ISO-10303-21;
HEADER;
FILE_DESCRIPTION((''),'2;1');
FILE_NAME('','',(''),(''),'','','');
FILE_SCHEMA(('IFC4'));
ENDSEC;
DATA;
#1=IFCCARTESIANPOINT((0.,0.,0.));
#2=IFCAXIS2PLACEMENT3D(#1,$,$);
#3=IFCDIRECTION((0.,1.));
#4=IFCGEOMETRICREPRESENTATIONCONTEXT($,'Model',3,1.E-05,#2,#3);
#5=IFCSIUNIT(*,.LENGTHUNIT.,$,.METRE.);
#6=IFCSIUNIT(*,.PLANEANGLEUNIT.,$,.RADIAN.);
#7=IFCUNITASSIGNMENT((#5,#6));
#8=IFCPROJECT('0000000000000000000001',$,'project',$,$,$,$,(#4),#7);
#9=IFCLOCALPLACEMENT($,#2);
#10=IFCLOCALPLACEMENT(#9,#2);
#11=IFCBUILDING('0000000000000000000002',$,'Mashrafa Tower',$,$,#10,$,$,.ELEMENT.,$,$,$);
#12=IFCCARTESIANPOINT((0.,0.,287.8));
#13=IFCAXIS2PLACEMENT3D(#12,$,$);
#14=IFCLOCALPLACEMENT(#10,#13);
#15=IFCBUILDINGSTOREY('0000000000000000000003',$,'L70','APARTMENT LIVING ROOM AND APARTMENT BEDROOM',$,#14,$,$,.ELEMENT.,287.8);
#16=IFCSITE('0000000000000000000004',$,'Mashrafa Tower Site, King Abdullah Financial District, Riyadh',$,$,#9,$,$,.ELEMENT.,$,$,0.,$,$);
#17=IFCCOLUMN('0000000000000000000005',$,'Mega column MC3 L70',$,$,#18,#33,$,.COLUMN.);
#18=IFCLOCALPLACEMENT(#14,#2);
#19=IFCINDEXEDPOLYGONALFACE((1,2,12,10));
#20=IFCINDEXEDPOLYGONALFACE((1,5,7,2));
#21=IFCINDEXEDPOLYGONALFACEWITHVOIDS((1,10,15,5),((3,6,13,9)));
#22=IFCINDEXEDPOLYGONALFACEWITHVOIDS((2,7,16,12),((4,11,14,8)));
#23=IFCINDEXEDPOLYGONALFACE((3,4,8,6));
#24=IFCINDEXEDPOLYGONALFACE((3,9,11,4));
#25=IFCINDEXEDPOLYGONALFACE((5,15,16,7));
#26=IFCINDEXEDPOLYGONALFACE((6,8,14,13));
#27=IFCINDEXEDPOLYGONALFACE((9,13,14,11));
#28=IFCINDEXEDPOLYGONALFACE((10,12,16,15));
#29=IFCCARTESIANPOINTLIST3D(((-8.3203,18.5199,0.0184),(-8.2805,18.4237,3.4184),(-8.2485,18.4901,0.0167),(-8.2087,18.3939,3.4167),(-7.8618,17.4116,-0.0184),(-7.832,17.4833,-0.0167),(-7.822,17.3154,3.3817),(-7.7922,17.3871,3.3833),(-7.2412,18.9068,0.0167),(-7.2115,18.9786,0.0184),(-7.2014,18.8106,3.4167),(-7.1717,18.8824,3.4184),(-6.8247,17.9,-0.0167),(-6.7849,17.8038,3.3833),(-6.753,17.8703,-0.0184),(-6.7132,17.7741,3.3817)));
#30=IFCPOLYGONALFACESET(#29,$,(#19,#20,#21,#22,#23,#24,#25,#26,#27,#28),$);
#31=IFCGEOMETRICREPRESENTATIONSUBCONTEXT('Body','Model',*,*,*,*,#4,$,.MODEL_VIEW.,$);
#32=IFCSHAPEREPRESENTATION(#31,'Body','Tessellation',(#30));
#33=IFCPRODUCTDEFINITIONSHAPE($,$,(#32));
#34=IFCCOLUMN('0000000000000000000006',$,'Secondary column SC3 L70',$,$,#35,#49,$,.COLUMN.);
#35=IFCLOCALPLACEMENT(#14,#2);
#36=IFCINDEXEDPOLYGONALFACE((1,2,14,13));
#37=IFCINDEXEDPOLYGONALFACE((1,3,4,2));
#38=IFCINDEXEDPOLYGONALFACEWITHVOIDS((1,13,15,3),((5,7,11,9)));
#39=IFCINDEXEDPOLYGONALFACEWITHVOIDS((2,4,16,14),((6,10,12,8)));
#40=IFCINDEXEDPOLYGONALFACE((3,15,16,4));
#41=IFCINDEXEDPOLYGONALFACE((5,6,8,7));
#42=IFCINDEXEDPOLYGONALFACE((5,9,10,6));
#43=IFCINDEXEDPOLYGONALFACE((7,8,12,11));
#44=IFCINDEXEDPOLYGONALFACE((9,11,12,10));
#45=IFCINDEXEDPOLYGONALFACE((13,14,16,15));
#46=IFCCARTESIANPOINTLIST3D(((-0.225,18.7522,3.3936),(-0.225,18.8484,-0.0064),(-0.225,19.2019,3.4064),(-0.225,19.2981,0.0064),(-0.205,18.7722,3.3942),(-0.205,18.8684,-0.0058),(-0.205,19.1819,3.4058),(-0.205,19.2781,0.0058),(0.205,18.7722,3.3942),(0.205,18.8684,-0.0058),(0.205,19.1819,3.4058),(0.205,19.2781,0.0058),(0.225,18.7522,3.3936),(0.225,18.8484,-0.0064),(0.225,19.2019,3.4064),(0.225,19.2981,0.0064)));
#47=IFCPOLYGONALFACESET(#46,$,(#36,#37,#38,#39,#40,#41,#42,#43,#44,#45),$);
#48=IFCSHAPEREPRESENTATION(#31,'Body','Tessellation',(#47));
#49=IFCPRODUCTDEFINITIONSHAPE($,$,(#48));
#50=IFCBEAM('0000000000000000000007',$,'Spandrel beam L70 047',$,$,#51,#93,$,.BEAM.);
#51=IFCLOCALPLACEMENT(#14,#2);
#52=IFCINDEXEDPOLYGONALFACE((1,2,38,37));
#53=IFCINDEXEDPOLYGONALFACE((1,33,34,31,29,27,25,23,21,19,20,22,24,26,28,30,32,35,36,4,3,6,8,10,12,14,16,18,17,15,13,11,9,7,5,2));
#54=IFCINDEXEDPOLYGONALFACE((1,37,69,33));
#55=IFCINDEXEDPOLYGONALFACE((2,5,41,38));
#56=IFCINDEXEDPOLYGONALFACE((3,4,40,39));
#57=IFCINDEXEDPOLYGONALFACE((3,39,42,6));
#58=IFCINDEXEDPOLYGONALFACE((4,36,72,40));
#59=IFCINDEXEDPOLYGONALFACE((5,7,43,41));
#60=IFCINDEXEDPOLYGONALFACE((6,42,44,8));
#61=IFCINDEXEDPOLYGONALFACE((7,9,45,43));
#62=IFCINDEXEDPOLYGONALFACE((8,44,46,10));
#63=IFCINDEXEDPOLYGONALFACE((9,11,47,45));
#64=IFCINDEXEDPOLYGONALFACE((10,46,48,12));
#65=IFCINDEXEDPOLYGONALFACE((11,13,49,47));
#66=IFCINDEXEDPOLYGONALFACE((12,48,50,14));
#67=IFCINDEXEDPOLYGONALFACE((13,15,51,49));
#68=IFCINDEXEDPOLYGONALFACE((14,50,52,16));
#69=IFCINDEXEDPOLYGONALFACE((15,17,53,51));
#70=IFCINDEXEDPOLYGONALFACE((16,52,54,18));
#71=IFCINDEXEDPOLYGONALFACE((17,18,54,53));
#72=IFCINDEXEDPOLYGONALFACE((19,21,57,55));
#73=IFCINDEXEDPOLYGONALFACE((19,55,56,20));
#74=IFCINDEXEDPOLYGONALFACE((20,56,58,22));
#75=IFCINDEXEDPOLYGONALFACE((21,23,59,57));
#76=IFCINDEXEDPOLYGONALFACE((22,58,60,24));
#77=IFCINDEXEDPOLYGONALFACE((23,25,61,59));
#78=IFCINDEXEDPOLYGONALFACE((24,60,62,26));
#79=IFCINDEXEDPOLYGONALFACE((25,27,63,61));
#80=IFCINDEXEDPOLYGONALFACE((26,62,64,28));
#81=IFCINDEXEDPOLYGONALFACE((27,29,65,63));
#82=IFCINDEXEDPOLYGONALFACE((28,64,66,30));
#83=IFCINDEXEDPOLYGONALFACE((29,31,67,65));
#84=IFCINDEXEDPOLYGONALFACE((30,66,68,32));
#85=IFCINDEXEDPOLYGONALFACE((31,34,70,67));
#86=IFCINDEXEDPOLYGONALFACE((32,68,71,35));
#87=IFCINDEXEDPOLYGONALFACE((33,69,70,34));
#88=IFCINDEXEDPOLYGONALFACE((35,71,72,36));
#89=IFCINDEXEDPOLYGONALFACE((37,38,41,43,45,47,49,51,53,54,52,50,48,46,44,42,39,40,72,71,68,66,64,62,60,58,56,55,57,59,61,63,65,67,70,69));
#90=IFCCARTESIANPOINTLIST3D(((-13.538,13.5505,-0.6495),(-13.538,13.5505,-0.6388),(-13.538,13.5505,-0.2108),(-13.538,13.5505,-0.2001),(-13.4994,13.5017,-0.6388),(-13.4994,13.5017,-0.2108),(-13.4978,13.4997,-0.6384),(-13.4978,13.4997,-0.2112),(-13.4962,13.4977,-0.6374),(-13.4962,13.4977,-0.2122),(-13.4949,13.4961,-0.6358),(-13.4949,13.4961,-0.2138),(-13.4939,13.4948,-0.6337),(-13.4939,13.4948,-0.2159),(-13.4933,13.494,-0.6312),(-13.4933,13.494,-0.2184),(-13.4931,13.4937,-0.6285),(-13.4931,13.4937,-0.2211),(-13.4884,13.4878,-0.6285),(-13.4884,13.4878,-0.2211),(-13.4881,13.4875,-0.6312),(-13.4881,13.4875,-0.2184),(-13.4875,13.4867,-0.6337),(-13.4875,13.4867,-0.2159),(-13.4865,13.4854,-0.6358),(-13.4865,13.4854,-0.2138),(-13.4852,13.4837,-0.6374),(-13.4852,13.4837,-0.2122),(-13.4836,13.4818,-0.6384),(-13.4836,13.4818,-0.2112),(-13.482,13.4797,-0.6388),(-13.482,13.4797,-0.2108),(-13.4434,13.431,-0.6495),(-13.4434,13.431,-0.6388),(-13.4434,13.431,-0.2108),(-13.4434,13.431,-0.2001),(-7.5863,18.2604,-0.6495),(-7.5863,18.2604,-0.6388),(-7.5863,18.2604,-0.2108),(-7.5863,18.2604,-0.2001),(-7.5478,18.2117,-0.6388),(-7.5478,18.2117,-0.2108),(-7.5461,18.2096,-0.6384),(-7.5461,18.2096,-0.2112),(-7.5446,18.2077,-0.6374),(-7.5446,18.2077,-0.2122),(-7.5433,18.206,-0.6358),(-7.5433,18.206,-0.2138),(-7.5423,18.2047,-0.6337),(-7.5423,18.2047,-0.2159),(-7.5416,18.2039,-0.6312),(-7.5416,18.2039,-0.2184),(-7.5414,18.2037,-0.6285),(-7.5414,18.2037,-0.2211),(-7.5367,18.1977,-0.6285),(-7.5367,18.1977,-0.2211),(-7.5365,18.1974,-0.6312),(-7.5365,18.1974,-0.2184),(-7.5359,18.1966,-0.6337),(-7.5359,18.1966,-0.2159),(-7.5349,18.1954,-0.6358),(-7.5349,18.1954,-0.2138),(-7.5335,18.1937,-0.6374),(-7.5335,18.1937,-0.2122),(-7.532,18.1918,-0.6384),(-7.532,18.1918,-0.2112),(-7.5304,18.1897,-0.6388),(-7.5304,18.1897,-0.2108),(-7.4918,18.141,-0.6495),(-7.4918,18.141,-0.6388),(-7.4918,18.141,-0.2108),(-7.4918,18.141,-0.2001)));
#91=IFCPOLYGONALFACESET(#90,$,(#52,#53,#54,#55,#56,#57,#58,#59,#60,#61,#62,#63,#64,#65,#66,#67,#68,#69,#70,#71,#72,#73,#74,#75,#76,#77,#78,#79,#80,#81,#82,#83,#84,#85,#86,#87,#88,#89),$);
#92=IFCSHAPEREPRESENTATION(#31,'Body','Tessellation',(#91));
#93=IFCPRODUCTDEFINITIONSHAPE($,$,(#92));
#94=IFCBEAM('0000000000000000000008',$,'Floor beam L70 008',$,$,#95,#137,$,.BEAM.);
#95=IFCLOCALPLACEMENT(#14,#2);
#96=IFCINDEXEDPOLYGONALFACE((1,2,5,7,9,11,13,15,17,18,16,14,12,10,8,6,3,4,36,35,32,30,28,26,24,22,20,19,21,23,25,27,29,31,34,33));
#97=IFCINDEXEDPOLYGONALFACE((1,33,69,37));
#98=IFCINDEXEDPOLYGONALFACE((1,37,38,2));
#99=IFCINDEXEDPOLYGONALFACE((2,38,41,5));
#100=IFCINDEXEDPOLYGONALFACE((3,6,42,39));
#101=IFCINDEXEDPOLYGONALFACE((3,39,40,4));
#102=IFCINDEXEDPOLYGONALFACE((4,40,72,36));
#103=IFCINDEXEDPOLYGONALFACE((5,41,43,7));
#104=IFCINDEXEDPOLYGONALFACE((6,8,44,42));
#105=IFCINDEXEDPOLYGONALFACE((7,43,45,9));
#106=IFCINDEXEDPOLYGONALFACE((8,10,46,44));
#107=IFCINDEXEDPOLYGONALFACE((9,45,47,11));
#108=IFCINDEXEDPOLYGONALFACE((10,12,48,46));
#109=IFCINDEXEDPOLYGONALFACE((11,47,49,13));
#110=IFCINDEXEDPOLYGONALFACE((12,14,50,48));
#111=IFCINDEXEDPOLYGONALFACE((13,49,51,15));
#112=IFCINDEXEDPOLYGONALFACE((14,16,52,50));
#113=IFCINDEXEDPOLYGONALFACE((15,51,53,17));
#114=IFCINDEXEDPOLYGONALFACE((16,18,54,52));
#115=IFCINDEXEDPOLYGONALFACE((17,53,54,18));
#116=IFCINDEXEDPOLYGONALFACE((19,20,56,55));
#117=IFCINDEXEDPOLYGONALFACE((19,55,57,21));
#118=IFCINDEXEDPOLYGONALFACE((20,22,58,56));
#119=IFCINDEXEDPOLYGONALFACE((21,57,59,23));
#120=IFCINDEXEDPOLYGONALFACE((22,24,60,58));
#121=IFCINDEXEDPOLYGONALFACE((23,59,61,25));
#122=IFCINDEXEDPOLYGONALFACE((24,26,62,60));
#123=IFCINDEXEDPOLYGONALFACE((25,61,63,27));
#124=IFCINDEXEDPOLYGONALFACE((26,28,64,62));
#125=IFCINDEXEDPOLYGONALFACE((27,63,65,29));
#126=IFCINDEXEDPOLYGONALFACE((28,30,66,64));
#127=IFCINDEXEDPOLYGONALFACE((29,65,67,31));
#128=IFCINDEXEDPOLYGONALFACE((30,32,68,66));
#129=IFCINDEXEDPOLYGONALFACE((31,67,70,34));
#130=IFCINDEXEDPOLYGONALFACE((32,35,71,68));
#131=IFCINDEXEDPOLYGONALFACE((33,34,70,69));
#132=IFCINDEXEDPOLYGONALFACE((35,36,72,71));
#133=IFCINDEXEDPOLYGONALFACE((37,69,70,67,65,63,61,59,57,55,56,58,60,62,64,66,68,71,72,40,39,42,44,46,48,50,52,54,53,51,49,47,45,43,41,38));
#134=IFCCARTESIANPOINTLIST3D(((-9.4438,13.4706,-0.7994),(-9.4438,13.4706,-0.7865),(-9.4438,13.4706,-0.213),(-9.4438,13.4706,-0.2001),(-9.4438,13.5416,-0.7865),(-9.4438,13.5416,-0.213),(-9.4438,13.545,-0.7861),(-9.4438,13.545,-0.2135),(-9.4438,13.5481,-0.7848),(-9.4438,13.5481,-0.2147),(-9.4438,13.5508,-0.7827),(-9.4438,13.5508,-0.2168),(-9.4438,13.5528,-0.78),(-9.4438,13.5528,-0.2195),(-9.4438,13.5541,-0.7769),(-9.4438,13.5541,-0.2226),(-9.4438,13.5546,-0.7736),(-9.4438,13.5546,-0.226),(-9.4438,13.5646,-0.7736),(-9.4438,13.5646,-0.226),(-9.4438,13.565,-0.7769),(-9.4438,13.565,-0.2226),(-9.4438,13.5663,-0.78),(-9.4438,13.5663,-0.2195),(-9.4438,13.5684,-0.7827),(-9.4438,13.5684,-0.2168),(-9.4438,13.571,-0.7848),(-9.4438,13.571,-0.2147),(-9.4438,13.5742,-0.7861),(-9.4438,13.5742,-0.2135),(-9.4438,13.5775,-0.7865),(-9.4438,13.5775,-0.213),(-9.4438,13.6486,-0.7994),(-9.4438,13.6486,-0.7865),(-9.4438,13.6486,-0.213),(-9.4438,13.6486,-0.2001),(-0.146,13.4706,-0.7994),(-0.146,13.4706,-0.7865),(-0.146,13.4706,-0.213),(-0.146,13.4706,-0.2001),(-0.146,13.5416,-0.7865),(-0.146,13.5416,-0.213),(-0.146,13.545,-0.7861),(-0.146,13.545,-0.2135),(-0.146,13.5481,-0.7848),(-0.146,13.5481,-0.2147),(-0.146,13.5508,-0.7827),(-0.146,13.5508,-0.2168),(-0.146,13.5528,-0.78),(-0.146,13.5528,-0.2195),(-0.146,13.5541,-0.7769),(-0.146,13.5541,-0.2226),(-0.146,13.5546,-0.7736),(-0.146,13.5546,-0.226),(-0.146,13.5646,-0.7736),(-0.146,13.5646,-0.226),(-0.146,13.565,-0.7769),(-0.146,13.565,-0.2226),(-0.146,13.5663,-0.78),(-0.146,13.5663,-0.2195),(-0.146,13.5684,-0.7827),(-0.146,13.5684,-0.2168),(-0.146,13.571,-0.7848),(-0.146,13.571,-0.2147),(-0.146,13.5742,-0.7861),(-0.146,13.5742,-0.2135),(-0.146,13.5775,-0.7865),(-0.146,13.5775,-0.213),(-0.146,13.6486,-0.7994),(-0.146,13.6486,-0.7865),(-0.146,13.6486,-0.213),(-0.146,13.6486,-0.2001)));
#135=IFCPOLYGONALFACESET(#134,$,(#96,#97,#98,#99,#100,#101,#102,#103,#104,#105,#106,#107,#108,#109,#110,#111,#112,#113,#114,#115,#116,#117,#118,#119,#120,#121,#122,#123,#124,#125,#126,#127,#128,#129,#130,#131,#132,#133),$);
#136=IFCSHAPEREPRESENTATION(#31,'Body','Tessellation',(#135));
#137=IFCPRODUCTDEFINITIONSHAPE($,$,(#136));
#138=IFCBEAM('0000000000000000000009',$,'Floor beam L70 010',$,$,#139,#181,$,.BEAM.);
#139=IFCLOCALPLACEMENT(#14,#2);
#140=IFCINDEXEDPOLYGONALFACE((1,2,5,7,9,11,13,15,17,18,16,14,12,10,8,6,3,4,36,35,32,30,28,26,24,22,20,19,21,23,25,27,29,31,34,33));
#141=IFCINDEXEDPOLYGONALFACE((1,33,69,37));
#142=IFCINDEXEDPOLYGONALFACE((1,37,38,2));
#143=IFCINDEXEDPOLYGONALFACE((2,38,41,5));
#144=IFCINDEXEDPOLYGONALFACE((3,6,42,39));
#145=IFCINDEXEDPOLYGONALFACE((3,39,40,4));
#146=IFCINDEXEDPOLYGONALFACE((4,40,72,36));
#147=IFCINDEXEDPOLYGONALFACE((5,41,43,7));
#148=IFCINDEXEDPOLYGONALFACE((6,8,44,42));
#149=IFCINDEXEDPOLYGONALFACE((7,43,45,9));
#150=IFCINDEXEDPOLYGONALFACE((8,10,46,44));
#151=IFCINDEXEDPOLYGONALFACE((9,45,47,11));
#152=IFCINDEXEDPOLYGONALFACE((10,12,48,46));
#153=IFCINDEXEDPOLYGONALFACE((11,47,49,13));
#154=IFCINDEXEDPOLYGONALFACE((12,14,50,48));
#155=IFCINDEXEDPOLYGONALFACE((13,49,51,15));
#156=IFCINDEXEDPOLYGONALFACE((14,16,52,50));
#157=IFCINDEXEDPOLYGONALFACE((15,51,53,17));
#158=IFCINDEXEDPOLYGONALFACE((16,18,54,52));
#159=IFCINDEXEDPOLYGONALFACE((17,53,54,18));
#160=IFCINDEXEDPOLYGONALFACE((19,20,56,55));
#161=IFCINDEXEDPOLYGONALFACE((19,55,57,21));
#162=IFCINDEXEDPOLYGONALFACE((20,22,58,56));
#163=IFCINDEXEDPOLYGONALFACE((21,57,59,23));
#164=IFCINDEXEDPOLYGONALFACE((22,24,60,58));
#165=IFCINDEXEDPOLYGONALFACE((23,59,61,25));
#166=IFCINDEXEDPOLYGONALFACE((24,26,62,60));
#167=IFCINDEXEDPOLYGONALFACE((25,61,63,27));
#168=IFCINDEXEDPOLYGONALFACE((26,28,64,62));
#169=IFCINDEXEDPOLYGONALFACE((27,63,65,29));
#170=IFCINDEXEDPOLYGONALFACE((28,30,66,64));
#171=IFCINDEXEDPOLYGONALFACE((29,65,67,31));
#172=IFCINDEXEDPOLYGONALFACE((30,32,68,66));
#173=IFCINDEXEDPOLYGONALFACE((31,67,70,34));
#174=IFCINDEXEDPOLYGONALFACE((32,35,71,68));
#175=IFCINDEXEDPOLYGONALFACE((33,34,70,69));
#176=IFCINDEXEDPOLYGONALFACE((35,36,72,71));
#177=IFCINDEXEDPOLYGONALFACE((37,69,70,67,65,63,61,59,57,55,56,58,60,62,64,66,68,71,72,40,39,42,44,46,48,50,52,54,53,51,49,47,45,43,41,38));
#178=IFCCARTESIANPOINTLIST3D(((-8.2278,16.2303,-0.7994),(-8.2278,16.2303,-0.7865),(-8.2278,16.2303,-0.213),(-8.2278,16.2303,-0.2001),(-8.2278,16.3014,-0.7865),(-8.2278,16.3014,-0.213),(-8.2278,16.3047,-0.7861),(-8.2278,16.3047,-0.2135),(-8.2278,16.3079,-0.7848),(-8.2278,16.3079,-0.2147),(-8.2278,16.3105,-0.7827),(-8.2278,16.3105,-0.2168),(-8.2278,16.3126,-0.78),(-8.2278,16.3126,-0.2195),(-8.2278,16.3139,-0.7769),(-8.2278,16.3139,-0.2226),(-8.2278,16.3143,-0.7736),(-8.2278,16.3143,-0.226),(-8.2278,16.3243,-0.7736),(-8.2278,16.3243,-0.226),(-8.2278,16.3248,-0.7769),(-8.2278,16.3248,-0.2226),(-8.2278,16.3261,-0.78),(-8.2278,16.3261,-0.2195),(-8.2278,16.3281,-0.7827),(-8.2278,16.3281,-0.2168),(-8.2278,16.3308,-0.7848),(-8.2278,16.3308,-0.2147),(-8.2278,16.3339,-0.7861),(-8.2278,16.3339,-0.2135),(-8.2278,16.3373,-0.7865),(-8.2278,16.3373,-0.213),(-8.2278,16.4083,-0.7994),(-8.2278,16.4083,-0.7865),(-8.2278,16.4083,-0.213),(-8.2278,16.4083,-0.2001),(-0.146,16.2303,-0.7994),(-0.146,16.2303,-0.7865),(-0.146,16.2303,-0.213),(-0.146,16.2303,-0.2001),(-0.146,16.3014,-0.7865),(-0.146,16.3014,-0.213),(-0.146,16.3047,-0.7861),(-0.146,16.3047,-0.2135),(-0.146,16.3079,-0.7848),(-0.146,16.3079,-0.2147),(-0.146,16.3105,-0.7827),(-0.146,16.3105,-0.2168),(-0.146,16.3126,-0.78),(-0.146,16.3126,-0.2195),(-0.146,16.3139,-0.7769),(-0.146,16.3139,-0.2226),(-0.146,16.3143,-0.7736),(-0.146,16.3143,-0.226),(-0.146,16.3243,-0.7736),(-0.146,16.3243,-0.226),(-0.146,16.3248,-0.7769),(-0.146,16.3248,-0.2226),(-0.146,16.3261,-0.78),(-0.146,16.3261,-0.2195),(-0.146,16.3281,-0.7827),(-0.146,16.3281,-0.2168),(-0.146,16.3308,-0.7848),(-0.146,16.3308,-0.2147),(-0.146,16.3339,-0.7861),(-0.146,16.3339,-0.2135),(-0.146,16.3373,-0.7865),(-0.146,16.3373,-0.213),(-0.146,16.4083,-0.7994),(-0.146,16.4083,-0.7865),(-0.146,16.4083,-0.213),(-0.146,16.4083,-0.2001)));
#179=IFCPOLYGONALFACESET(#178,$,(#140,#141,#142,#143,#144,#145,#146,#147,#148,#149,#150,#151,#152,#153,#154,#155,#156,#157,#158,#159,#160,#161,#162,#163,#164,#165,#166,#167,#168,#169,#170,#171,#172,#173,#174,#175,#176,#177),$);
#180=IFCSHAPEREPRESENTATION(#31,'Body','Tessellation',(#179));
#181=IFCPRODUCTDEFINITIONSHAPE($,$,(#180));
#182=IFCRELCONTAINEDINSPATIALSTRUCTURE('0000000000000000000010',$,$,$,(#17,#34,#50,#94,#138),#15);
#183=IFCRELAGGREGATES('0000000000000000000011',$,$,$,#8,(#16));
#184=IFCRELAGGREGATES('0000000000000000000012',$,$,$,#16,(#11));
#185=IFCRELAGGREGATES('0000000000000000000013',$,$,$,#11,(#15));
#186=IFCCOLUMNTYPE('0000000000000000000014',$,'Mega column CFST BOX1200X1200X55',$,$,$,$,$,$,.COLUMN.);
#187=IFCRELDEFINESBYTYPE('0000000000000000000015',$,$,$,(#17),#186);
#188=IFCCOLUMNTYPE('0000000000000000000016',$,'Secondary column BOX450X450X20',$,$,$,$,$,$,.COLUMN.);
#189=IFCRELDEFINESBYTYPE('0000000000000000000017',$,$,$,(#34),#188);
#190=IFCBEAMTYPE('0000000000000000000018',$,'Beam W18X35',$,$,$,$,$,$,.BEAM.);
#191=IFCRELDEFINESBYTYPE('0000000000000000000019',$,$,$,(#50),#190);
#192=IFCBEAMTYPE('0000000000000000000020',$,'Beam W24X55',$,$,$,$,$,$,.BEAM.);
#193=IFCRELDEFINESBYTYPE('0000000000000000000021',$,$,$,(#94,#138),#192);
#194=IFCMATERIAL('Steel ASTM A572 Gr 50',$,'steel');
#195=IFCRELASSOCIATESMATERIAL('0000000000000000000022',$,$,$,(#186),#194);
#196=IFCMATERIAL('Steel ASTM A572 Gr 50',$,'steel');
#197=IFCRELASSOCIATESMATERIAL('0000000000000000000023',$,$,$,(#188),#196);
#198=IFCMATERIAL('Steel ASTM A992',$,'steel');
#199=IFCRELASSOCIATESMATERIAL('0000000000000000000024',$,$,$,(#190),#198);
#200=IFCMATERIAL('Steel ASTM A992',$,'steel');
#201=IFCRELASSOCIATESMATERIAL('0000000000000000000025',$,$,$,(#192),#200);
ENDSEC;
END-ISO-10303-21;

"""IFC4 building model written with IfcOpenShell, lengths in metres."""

from ifc_helpers import new_model, si_unit, direction, frame, origin, origin_2d, place, context, subcontext, project, spatial, hollow_rectangle, i_section, extrude, material, material_profile, profile_set, type_object, element, save


model = new_model("IFC4")

# Units and contexts
model_context = context("Model", 3, precision=1e-05, world=origin(), true_north=direction((0.0, 1.0)))
body_context = subcontext(model_context, "Body", "Model", "MODEL_VIEW")
ifc_project = project(units=[si_unit("LENGTHUNIT", "METRE"), si_unit("PLANEANGLEUNIT", "RADIAN")], contexts=[model_context])

# Site, building, storey
site_placement = place(None, origin())
site = spatial("IfcSite", under=ifc_project, at=site_placement, Name="Mashrafa Tower Site, King Abdullah Financial District, Riyadh", CompositionType="ELEMENT", RefElevation=0.0)
building_placement = place(site_placement, origin())
building = spatial("IfcBuilding", under=site, at=building_placement, Name="Mashrafa Tower", CompositionType="ELEMENT")
storey_placement = place(building_placement, frame((0.0, 0.0, 287.8)))
storey = spatial("IfcBuildingStorey", under=building, at=storey_placement, Name="L70", Description="APARTMENT LIVING ROOM AND APARTMENT BEDROOM", CompositionType="ELEMENT", Elevation=287.8)

# Columns
ifc_material_1 = material(Name="Steel ASTM A572 Gr 50", Category="steel")
ifc_material_profile_1 = material_profile(ifc_material_1, hollow_rectangle(XDim=1.2, YDim=1.2, WallThickness=0.0549, at=origin_2d()), Name="BOX1200X1200X55")
ifc_profile_set_1 = profile_set([ifc_material_profile_1], Name="Steel ASTM A572 Gr 50")
column_type_1 = type_object("IfcColumnType", Name="Mega column CFST BOX1200X1200X55", PredefinedType="COLUMN", material=ifc_profile_set_1)
column_1_placement = place(storey_placement, frame((-7.5366, 18.1951, 0.0), z_axis=(0.011699, -0.028279, 0.999532), x_axis=(0.924045, 0.382283, 0.0)))
element("IfcColumn", 1, at=column_1_placement, inside=storey, type_object=column_type_1, Name="Mega column MC3 L70", PredefinedType="COLUMN", context=body_context, shape_type="SweptSolid", body=[
    extrude(hollow_rectangle(XDim=1.2, YDim=1.2, WallThickness=0.0549, at=origin_2d()), origin(), (0.0, 0.0, 1.0), 3.4016),
])
ifc_material_2 = material(Name="Steel ASTM A572 Gr 50", Category="steel")
ifc_material_profile_2 = material_profile(ifc_material_2, hollow_rectangle(XDim=0.45, YDim=0.45, WallThickness=0.02, at=origin_2d()), Name="BOX450X450X20")
ifc_profile_set_2 = profile_set([ifc_material_profile_2], Name="Steel ASTM A572 Gr 50")
column_type_2 = type_object("IfcColumnType", Name="Secondary column BOX450X450X20", PredefinedType="COLUMN", material=ifc_profile_set_2)
column_2_placement = place(storey_placement, frame((0.0, 19.0732, 0.0), z_axis=(0.0, -0.028281, 0.9996), x_axis=(1.0, 0.0, 0.0)))
element("IfcColumn", 2, at=column_2_placement, inside=storey, type_object=column_type_2, Name="Secondary column SC3 L70", PredefinedType="COLUMN", context=body_context, shape_type="SweptSolid", body=[
    extrude(hollow_rectangle(XDim=0.45, YDim=0.45, WallThickness=0.02, at=origin_2d()), origin(), (0.0, 0.0, 1.0), 3.4014),
])

# Beams
ifc_material_3 = material(Name="Steel ASTM A992", Category="steel")
ifc_material_profile_3 = material_profile(ifc_material_3, i_section(OverallWidth=0.1523, OverallDepth=0.4495, WebThickness=0.0076, FlangeThickness=0.0107, FilletRadius=0.0103, at=origin_2d()), Name="W18X35")
ifc_profile_set_3 = profile_set([ifc_material_profile_3], Name="Steel ASTM A992")
beam_type_1 = type_object("IfcBeamType", Name="Beam W18X35", PredefinedType="BEAM", material=ifc_profile_set_3)
beam_1_placement = place(storey_placement, frame((-7.5391, 18.2007, -0.4248), z_axis=(-0.784159, -0.62056, 0.0), x_axis=(0.62056, -0.784159, 0.0)))
element("IfcBeam", 3, at=beam_1_placement, inside=storey, type_object=beam_type_1, Name="Spandrel beam L70 047", PredefinedType="BEAM", context=body_context, shape_type="SweptSolid", body=[
    extrude(i_section(OverallWidth=0.1523, OverallDepth=0.4495, WebThickness=0.0076, FlangeThickness=0.0107, FilletRadius=0.0103, at=origin_2d()), origin(), (0.0, 0.0, 1.0), 7.5898),
])
ifc_material_4 = material(Name="Steel ASTM A992", Category="steel")
ifc_material_profile_4 = material_profile(ifc_material_4, i_section(OverallWidth=0.178, OverallDepth=0.5994, WebThickness=0.01, FlangeThickness=0.0129, FilletRadius=0.0129, at=origin_2d()), Name="W24X55")
ifc_profile_set_4 = profile_set([ifc_material_profile_4], Name="Steel ASTM A992")
beam_type_2 = type_object("IfcBeamType", Name="Beam W24X55", PredefinedType="BEAM", material=ifc_profile_set_4)
beam_2_placement = place(storey_placement, frame((-9.4438, 13.5596, -0.4998), z_axis=(1.0, 0.0, 0.0), x_axis=(0.0, 1.0, 0.0)))
element("IfcBeam", 4, at=beam_2_placement, inside=storey, type_object=beam_type_2, Name="Floor beam L70 008", PredefinedType="BEAM", context=body_context, shape_type="SweptSolid", body=[
    extrude(i_section(OverallWidth=0.178, OverallDepth=0.5994, WebThickness=0.01, FlangeThickness=0.0129, FilletRadius=0.0129, at=origin_2d()), origin(), (0.0, 0.0, 1.0), 9.2979),
])
beam_3_placement = place(storey_placement, frame((-8.2278, 16.3193, -0.4998), z_axis=(1.0, 0.0, 0.0), x_axis=(0.0, 1.0, 0.0)))
element("IfcBeam", 5, at=beam_3_placement, inside=storey, type_object=beam_type_2, Name="Floor beam L70 010", PredefinedType="BEAM", context=body_context, shape_type="SweptSolid", body=[
    extrude(i_section(OverallWidth=0.178, OverallDepth=0.5994, WebThickness=0.01, FlangeThickness=0.0129, FilletRadius=0.0129, at=origin_2d()), origin(), (0.0, 0.0, 1.0), 8.0818),
])

save(model, "model.ifc")
